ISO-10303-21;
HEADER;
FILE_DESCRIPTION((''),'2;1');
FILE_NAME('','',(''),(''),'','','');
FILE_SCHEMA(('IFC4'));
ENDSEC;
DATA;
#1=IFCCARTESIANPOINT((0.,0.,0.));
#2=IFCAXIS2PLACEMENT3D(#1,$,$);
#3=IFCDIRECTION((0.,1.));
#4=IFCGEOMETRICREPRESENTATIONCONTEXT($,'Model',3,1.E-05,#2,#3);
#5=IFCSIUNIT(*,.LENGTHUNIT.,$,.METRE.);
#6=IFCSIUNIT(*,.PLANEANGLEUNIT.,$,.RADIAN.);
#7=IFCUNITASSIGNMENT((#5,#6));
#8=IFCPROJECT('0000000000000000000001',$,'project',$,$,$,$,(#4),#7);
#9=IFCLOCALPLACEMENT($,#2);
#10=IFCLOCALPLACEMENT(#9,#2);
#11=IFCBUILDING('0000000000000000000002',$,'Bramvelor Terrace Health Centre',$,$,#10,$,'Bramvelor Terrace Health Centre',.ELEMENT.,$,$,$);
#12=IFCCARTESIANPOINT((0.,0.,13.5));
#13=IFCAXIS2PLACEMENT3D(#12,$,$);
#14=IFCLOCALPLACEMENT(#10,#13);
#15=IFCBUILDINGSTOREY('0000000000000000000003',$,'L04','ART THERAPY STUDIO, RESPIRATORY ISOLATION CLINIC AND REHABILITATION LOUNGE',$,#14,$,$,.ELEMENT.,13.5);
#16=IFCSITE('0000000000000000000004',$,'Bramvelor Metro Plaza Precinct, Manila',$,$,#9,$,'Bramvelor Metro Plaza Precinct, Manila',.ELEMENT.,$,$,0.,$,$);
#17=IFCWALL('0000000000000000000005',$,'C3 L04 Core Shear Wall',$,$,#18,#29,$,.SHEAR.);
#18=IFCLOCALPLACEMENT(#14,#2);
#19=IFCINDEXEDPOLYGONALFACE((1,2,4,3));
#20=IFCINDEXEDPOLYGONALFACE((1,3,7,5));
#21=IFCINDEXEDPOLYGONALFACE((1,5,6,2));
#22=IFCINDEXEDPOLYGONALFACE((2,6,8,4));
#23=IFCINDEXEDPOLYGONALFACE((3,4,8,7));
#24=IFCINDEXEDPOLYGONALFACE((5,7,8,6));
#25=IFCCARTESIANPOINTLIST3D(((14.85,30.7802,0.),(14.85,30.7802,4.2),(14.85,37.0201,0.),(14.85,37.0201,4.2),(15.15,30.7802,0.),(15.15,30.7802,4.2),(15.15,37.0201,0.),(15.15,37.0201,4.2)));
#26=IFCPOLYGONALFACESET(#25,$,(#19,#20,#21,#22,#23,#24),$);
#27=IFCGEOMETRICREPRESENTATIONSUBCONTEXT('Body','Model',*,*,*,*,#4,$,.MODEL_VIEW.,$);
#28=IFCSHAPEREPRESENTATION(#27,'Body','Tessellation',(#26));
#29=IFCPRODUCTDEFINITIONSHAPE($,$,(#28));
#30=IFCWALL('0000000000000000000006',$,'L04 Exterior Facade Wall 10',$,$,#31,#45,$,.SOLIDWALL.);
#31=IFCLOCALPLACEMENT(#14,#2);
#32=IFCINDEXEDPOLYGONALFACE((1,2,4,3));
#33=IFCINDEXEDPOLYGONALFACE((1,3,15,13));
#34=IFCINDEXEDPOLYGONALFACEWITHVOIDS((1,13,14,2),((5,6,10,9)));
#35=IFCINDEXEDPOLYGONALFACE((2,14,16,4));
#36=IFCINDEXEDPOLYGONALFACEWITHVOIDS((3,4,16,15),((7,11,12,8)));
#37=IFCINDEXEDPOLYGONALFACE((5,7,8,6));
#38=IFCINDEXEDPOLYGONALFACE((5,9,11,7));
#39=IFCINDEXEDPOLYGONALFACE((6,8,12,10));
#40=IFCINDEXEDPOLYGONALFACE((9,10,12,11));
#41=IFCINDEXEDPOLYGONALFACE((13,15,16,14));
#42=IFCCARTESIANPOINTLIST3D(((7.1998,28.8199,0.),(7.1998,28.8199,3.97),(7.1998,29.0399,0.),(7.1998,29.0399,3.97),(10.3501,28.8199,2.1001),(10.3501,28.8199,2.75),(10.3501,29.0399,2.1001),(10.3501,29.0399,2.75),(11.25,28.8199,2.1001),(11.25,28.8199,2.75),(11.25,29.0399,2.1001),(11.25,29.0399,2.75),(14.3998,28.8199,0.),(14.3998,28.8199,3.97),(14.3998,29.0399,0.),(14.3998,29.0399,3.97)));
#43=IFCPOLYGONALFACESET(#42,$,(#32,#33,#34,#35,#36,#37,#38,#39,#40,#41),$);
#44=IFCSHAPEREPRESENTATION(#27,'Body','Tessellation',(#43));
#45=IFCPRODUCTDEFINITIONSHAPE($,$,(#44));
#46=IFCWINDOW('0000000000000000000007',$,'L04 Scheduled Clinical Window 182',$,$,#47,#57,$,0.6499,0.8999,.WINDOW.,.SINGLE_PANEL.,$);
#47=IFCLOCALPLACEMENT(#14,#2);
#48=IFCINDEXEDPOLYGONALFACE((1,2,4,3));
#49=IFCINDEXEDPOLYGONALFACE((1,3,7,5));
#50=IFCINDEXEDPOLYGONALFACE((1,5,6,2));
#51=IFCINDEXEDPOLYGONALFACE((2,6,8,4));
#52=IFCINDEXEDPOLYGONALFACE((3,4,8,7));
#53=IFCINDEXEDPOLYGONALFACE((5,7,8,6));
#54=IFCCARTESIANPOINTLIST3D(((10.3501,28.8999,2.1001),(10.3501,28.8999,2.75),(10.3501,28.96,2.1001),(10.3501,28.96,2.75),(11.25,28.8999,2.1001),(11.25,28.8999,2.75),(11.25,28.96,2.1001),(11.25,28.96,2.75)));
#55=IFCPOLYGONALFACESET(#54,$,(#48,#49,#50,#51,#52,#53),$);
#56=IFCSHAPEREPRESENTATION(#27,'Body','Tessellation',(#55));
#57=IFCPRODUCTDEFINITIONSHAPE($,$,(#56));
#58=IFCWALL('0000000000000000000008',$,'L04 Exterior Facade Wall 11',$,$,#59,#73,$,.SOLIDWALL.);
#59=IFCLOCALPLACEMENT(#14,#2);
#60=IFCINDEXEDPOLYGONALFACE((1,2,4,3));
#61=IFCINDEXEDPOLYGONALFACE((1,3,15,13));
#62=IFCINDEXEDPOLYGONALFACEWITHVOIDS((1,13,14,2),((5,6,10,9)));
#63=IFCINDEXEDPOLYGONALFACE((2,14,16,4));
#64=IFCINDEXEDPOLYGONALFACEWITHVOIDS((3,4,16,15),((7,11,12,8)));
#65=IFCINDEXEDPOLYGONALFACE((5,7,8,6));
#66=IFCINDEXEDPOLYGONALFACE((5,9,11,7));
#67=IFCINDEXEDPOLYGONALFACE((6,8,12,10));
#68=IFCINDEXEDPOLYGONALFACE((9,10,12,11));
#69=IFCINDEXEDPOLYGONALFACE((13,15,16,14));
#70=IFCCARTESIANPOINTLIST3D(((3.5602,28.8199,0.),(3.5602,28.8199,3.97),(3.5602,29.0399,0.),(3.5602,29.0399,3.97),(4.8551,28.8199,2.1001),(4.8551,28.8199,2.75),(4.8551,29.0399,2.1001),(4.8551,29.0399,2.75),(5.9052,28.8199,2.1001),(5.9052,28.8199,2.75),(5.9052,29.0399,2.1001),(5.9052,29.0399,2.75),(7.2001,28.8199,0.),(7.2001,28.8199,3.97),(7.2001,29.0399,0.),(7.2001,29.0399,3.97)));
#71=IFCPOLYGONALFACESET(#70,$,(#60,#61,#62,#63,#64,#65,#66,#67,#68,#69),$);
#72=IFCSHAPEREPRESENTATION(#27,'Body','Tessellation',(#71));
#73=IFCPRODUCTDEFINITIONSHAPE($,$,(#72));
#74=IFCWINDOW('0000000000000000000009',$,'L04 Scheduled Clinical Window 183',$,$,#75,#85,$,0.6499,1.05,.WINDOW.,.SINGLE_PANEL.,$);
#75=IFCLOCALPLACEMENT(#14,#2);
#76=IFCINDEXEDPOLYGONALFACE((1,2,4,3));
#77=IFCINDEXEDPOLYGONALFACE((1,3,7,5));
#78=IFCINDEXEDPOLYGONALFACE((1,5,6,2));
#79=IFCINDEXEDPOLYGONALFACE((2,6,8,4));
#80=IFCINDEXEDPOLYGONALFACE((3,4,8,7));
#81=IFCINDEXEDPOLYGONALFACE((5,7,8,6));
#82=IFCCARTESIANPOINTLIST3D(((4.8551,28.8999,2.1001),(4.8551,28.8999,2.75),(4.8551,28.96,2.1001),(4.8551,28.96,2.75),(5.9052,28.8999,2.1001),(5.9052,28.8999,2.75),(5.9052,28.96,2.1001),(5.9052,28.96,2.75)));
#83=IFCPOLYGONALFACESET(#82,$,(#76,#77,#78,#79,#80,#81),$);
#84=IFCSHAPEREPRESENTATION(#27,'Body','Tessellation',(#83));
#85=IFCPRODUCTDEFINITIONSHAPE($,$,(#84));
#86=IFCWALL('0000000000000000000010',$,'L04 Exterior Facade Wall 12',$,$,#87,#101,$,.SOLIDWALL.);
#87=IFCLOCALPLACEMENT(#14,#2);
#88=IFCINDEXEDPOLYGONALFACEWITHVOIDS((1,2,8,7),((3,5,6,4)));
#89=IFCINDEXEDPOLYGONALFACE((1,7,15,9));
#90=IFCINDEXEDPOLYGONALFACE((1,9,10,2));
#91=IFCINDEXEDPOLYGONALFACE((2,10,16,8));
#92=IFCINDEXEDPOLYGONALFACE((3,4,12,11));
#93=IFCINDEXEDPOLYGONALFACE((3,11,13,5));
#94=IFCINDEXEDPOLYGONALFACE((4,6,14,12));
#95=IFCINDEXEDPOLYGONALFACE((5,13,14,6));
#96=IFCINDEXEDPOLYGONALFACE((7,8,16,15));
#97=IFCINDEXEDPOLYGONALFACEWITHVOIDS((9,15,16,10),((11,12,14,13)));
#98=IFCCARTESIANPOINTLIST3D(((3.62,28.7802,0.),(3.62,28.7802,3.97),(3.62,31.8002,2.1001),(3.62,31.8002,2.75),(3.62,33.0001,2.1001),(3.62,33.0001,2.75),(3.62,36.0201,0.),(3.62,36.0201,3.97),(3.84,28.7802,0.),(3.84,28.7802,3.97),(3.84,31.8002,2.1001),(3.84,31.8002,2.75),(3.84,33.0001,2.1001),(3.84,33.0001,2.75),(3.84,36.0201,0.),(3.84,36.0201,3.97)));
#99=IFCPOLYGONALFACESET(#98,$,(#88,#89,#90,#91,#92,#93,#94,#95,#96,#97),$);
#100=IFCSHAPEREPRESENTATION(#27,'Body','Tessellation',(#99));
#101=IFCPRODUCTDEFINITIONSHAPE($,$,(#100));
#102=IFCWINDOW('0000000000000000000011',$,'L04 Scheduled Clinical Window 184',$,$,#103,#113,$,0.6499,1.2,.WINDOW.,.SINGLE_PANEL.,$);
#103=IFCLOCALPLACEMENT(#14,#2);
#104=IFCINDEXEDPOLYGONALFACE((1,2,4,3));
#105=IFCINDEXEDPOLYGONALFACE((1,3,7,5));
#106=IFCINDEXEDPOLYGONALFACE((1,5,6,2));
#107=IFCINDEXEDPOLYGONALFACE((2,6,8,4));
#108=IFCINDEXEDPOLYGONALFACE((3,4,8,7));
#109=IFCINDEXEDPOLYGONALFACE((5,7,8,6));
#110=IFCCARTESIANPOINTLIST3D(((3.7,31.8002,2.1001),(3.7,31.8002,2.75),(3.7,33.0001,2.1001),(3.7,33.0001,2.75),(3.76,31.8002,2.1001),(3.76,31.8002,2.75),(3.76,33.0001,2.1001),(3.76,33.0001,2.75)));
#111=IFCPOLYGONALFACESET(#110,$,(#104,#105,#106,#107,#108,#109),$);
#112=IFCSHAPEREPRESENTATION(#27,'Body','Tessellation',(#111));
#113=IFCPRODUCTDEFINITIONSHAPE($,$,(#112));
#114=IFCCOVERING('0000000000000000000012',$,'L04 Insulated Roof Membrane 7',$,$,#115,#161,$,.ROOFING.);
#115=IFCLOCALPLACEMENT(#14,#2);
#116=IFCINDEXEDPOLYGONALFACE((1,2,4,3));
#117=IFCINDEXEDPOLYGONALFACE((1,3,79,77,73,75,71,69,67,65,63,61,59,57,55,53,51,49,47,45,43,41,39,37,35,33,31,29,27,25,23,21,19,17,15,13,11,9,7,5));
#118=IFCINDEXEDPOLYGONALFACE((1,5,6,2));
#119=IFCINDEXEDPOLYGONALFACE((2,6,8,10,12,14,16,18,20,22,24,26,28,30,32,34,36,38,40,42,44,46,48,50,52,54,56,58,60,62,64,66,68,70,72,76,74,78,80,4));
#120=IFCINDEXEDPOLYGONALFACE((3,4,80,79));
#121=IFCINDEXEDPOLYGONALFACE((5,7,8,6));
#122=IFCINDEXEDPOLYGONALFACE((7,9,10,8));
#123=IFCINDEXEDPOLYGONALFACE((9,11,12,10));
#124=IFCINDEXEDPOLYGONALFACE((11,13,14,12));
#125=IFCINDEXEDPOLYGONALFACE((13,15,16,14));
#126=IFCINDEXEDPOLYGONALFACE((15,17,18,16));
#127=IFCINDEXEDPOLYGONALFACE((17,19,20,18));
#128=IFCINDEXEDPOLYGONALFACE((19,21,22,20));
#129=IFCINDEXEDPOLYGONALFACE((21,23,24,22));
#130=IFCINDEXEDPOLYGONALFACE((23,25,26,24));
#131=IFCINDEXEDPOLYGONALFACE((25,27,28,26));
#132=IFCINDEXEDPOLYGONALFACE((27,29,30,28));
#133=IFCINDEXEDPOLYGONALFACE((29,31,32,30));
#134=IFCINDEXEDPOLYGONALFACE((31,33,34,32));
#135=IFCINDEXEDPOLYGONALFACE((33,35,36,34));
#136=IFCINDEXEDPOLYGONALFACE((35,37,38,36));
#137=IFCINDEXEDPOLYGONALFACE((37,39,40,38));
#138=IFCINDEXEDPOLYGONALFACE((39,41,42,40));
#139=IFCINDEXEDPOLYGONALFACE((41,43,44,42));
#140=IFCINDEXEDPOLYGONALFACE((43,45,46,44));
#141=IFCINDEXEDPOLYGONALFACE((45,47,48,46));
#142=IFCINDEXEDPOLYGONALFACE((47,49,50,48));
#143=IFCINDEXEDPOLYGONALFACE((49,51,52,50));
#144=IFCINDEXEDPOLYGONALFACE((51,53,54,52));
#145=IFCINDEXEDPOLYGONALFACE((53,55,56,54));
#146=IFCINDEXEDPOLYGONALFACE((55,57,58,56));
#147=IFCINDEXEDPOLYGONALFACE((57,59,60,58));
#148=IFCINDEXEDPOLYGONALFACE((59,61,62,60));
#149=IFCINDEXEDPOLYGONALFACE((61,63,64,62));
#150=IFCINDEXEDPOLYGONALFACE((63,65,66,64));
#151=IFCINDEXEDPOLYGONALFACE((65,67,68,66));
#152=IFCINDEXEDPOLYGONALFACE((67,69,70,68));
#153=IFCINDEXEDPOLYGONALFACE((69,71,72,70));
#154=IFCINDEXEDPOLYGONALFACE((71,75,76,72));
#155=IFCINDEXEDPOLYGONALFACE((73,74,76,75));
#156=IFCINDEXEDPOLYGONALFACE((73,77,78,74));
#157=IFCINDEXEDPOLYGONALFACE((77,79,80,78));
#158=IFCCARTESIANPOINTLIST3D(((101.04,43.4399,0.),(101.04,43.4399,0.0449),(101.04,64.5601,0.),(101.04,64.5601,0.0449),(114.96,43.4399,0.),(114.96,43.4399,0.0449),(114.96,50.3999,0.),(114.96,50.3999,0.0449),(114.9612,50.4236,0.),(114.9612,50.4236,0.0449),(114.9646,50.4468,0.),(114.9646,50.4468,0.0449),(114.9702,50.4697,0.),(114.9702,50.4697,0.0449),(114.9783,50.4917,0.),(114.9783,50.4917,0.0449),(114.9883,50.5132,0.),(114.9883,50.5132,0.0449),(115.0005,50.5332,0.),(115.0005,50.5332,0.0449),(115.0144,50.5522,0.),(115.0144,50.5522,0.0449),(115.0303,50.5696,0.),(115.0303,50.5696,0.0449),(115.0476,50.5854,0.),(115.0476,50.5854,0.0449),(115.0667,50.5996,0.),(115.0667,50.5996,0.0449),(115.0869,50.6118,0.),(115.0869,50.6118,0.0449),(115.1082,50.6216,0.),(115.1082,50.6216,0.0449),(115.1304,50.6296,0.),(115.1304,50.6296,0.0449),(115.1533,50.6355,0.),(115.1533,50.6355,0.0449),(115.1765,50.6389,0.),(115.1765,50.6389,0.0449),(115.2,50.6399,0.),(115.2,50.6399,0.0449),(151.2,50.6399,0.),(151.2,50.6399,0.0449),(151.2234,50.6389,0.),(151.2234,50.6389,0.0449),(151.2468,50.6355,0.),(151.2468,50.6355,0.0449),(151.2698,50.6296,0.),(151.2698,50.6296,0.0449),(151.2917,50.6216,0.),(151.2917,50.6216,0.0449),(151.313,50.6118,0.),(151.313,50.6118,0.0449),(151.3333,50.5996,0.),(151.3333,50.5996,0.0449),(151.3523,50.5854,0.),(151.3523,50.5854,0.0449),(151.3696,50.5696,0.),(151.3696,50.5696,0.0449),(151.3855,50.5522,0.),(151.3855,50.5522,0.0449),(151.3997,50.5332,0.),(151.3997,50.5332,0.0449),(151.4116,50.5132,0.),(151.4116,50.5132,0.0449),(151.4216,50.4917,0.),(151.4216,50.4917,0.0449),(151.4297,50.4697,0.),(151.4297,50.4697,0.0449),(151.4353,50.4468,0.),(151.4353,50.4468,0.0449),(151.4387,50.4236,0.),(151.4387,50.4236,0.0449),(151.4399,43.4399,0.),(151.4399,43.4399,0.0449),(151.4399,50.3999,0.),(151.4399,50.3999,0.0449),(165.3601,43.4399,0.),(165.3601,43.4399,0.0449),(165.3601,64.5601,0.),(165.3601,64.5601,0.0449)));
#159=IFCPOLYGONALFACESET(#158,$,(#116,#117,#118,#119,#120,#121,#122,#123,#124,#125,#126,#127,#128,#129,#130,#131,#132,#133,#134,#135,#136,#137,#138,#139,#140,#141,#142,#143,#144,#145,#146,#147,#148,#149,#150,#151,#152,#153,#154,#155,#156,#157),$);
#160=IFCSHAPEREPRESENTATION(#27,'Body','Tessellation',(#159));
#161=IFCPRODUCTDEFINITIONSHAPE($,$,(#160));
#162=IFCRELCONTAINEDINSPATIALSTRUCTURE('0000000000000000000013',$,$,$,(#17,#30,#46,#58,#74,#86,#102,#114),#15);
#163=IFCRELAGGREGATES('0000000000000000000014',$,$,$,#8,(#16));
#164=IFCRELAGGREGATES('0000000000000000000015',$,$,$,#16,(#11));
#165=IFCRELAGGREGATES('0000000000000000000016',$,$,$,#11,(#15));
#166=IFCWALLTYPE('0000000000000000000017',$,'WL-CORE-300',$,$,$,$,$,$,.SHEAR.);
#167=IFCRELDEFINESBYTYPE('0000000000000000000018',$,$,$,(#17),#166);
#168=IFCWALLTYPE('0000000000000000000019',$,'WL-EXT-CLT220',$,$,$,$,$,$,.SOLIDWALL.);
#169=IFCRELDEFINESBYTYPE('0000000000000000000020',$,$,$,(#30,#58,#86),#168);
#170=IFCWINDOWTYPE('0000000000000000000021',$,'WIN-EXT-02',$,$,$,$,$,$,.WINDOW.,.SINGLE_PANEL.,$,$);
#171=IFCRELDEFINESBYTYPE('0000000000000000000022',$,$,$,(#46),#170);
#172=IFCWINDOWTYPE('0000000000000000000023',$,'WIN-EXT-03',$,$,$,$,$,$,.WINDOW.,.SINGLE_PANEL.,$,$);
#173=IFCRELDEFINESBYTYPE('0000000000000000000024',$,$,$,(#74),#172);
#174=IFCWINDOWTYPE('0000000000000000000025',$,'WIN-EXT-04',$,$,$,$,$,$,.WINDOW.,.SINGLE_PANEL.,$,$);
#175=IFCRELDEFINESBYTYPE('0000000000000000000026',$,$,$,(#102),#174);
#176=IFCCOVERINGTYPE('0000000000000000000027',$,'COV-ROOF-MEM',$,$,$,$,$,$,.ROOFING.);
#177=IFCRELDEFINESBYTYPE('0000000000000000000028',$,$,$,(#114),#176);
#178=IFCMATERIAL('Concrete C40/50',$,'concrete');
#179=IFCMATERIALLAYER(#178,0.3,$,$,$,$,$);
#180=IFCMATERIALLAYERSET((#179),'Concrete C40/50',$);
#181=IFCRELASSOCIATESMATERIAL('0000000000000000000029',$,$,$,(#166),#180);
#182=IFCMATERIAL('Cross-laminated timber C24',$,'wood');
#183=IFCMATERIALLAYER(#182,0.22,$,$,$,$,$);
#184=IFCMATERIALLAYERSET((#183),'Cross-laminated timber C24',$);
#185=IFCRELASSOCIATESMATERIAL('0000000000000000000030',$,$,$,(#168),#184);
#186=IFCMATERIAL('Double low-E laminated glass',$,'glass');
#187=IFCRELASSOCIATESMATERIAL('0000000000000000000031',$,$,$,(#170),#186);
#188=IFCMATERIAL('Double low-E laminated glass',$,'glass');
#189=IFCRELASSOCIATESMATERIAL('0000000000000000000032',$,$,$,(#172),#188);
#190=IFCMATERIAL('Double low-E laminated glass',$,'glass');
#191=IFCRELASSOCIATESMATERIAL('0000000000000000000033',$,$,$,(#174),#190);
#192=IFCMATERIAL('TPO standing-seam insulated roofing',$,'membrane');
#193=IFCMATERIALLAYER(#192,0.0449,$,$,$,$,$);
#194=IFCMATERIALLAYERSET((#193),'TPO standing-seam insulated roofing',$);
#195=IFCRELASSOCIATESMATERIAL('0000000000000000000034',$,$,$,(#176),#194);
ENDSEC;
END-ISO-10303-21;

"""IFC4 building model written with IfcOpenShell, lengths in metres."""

from ifc_helpers import new_model, si_unit, direction, frame, frame_2d, origin, place, context, subcontext, project, spatial, polyline, rectangle, outline, extrude, material, layer, layer_set, type_object, element, fill, save


model = new_model("IFC4")

# Units and contexts
model_context = context("Model", 3, precision=1e-05, world=origin(), true_north=direction((0.0, 1.0)))
body_context = subcontext(model_context, "Body", "Model", "MODEL_VIEW")
ifc_project = project(units=[si_unit("LENGTHUNIT", "METRE"), si_unit("PLANEANGLEUNIT", "RADIAN")], contexts=[model_context])

# Site, building, storey
site_placement = place(None, origin())
site = spatial("IfcSite", under=ifc_project, at=site_placement, Name="Bramvelor Metro Plaza Precinct, Manila", LongName="Bramvelor Metro Plaza Precinct, Manila", CompositionType="ELEMENT", RefElevation=0.0)
building_placement = place(site_placement, origin())
building = spatial("IfcBuilding", under=site, at=building_placement, Name="Bramvelor Terrace Health Centre", LongName="Bramvelor Terrace Health Centre", CompositionType="ELEMENT")
storey_placement = place(building_placement, frame((0.0, 0.0, 13.5)))
storey = spatial("IfcBuildingStorey", under=building, at=storey_placement, Name="L04", Description="ART THERAPY STUDIO, RESPIRATORY ISOLATION CLINIC AND REHABILITATION LOUNGE", CompositionType="ELEMENT", Elevation=13.5)

# Wall
ifc_material_1 = material(Name="Concrete C40/50", Category="concrete")
ifc_layer_1 = layer(ifc_material_1, 0.3)
ifc_layer_set_1 = layer_set([ifc_layer_1], Name="Concrete C40/50")
wall_type_1 = type_object("IfcWallType", Name="WL-CORE-300", PredefinedType="SHEAR", material=ifc_layer_set_1)
for number, where, z_axis, x_axis, name in (
    (1, (15.0, 30.78, 0.0), (0.0, 0.0, 1.0), (0.0, 1.0, 0.0), "C3 L04 Core Shear Wall"),
):
    element("IfcWall", number, at=place(storey_placement, frame(where, z_axis=z_axis, x_axis=x_axis)), inside=storey, type_object=wall_type_1, Name=name, PredefinedType="SHEAR", context=body_context, shape_type="SweptSolid", body=[
        extrude(rectangle(XDim=6.24, YDim=0.3, at=frame_2d((3.1201, 0.0))), origin(), (0.0, 0.0, 1.0), 4.2),
    ])

# Walls, openings, windows
ifc_material_2 = material(Name="Cross-laminated timber C24", Category="wood")
ifc_layer_2 = layer(ifc_material_2, 0.22)
ifc_layer_set_2 = layer_set([ifc_layer_2], Name="Cross-laminated timber C24")
wall_type_2 = type_object("IfcWallType", Name="WL-EXT-CLT220", PredefinedType="SOLIDWALL", material=ifc_layer_set_2)
wall_1_placement = place(storey_placement, frame((14.3999, 28.9299, 0.0), z_axis=(0.0, 0.0, 1.0), x_axis=(-1.0, 0.0, 0.0)))
wall_1 = element("IfcWall", 2, at=wall_1_placement, inside=storey, type_object=wall_type_2, Name="L04 Exterior Facade Wall 10", PredefinedType="SOLIDWALL", context=body_context, shape_type="SweptSolid", body=[
    extrude(rectangle(XDim=7.2, YDim=0.22, at=frame_2d((3.6001, 0.0))), origin(), (0.0, 0.0, 1.0), 3.97),
])
opening_1_placement = place(wall_1_placement, frame((3.1499, 0.0, 2.1001)))
opening_1 = element("IfcOpeningElement", 3, at=opening_1_placement, cuts=wall_1, PredefinedType="OPENING", context=body_context, shape_type="SweptSolid", body=[
    extrude(rectangle(XDim=0.8999, YDim=0.6499, at=frame_2d((0.45, 0.325))), frame((0.0, 0.1199, 0.0), z_axis=(0.0, -1.0, 0.0), x_axis=(1.0, 0.0, 0.0)), (0.0, 0.0, 1.0), 0.24),
])
ifc_material_3 = material(Name="Double low-E laminated glass", Category="glass")
window_type_1 = type_object("IfcWindowType", Name="WIN-EXT-02", PartitioningType="SINGLE_PANEL", PredefinedType="WINDOW", material=ifc_material_3)
window_1_placement = place(opening_1_placement, origin())
window_1 = element("IfcWindow", 4, at=window_1_placement, inside=storey, type_object=window_type_1, Name="L04 Scheduled Clinical Window 182", OverallHeight=0.6499, OverallWidth=0.8999, PartitioningType="SINGLE_PANEL", PredefinedType="WINDOW", context=body_context, shape_type="SweptSolid", body=[
    extrude(rectangle(XDim=0.8999, YDim=0.6499, at=frame_2d((0.45, 0.325))), frame((0.0, 0.03, 0.0), z_axis=(0.0, -1.0, 0.0), x_axis=(1.0, 0.0, 0.0)), (0.0, 0.0, 1.0), 0.0601),
])
fill(opening_1, window_1)
wall_2_placement = place(storey_placement, frame((7.2, 28.9299, 0.0), z_axis=(0.0, 0.0, 1.0), x_axis=(-1.0, 0.0, 0.0)))
wall_2 = element("IfcWall", 5, at=wall_2_placement, inside=storey, type_object=wall_type_2, Name="L04 Exterior Facade Wall 11", PredefinedType="SOLIDWALL", context=body_context, shape_type="SweptSolid", body=[
    extrude(rectangle(XDim=3.6399, YDim=0.22, at=frame_2d((1.8198, 0.0))), origin(), (0.0, 0.0, 1.0), 3.97),
])
opening_2_placement = place(wall_2_placement, frame((1.2949, 0.0, 2.1001)))
opening_2 = element("IfcOpeningElement", 6, at=opening_2_placement, cuts=wall_2, PredefinedType="OPENING", context=body_context, shape_type="SweptSolid", body=[
    extrude(rectangle(XDim=1.05, YDim=0.6499, at=frame_2d((0.5249, 0.325))), frame((0.0, 0.1199, 0.0), z_axis=(0.0, -1.0, 0.0), x_axis=(1.0, 0.0, 0.0)), (0.0, 0.0, 1.0), 0.24),
])
ifc_material_4 = material(Name="Double low-E laminated glass", Category="glass")
window_type_2 = type_object("IfcWindowType", Name="WIN-EXT-03", PartitioningType="SINGLE_PANEL", PredefinedType="WINDOW", material=ifc_material_4)
window_2_placement = place(opening_2_placement, origin())
window_2 = element("IfcWindow", 7, at=window_2_placement, inside=storey, type_object=window_type_2, Name="L04 Scheduled Clinical Window 183", OverallHeight=0.6499, OverallWidth=1.05, PartitioningType="SINGLE_PANEL", PredefinedType="WINDOW", context=body_context, shape_type="SweptSolid", body=[
    extrude(rectangle(XDim=1.05, YDim=0.6499, at=frame_2d((0.5249, 0.325))), frame((0.0, 0.03, 0.0), z_axis=(0.0, -1.0, 0.0), x_axis=(1.0, 0.0, 0.0)), (0.0, 0.0, 1.0), 0.0601),
])
fill(opening_2, window_2)
wall_3_placement = place(storey_placement, frame((3.73, 28.78, 0.0), z_axis=(0.0, 0.0, 1.0), x_axis=(0.0, 1.0, 0.0)))
wall_3 = element("IfcWall", 8, at=wall_3_placement, inside=storey, type_object=wall_type_2, Name="L04 Exterior Facade Wall 12", PredefinedType="SOLIDWALL", context=body_context, shape_type="SweptSolid", body=[
    extrude(rectangle(XDim=7.24, YDim=0.22, at=frame_2d((3.6201, 0.0))), origin(), (0.0, 0.0, 1.0), 3.97),
])
opening_3_placement = place(wall_3_placement, frame((3.02, 0.0, 2.1001)))
opening_3 = element("IfcOpeningElement", 9, at=opening_3_placement, cuts=wall_3, PredefinedType="OPENING", context=body_context, shape_type="SweptSolid", body=[
    extrude(rectangle(XDim=1.2, YDim=0.6499, at=frame_2d((0.6001, 0.325))), frame((0.0, 0.1199, 0.0), z_axis=(0.0, -1.0, 0.0), x_axis=(1.0, 0.0, 0.0)), (0.0, 0.0, 1.0), 0.24),
])
ifc_material_5 = material(Name="Double low-E laminated glass", Category="glass")
window_type_3 = type_object("IfcWindowType", Name="WIN-EXT-04", PartitioningType="SINGLE_PANEL", PredefinedType="WINDOW", material=ifc_material_5)
window_3_placement = place(opening_3_placement, origin())
window_3 = element("IfcWindow", 10, at=window_3_placement, inside=storey, type_object=window_type_3, Name="L04 Scheduled Clinical Window 184", OverallHeight=0.6499, OverallWidth=1.2, PartitioningType="SINGLE_PANEL", PredefinedType="WINDOW", context=body_context, shape_type="SweptSolid", body=[
    extrude(rectangle(XDim=1.2, YDim=0.6499, at=frame_2d((0.6001, 0.325))), frame((0.0, 0.03, 0.0), z_axis=(0.0, -1.0, 0.0), x_axis=(1.0, 0.0, 0.0)), (0.0, 0.0, 1.0), 0.0601),
])
fill(opening_3, window_3)

# Covering
ifc_material_6 = material(Name="TPO standing-seam insulated roofing", Category="membrane")
ifc_layer_3 = layer(ifc_material_6, 0.0449)
ifc_layer_set_3 = layer_set([ifc_layer_3], Name="TPO standing-seam insulated roofing")
covering_type = type_object("IfcCoveringType", Name="COV-ROOF-MEM", PredefinedType="ROOFING", material=ifc_layer_set_3)
covering_1_placement = place(storey_placement, origin())
element("IfcCovering", 11, at=covering_1_placement, inside=storey, type_object=covering_type, Name="L04 Insulated Roof Membrane 7", PredefinedType="ROOFING", context=body_context, shape_type="SweptSolid", body=[
    extrude(outline(polyline([(151.4399, 50.3999), (151.4387, 50.4236), (151.4353, 50.4468), (151.4297, 50.4697), (151.4216, 50.4917), (151.4116, 50.5132), (151.3997, 50.5332), (151.3855, 50.5522), (151.3696, 50.5696), (151.3523, 50.5854), (151.3333, 50.5996), (151.313, 50.6118), (151.2917, 50.6216), (151.2698, 50.6296), (151.2468, 50.6355), (151.2234, 50.6389), (151.2, 50.6399), (115.2, 50.6399), (115.1765, 50.6389), (115.1533, 50.6355), (115.1304, 50.6296), (115.1082, 50.6216), (115.0869, 50.6118), (115.0667, 50.5996), (115.0476, 50.5854), (115.0303, 50.5696), (115.0144, 50.5522), (115.0005, 50.5332), (114.9883, 50.5132), (114.9783, 50.4917), (114.9702, 50.4697), (114.9646, 50.4468), (114.9612, 50.4236), (114.96, 50.3999), (114.96, 43.4399), (101.04, 43.4399), (101.04, 64.5601), (165.3601, 64.5601), (165.3601, 43.4399), (151.4399, 43.4399), (151.4399, 50.3999)])), origin(), (0.0, 0.0, 1.0), 0.0449),
])

save(model, "model.ifc")
